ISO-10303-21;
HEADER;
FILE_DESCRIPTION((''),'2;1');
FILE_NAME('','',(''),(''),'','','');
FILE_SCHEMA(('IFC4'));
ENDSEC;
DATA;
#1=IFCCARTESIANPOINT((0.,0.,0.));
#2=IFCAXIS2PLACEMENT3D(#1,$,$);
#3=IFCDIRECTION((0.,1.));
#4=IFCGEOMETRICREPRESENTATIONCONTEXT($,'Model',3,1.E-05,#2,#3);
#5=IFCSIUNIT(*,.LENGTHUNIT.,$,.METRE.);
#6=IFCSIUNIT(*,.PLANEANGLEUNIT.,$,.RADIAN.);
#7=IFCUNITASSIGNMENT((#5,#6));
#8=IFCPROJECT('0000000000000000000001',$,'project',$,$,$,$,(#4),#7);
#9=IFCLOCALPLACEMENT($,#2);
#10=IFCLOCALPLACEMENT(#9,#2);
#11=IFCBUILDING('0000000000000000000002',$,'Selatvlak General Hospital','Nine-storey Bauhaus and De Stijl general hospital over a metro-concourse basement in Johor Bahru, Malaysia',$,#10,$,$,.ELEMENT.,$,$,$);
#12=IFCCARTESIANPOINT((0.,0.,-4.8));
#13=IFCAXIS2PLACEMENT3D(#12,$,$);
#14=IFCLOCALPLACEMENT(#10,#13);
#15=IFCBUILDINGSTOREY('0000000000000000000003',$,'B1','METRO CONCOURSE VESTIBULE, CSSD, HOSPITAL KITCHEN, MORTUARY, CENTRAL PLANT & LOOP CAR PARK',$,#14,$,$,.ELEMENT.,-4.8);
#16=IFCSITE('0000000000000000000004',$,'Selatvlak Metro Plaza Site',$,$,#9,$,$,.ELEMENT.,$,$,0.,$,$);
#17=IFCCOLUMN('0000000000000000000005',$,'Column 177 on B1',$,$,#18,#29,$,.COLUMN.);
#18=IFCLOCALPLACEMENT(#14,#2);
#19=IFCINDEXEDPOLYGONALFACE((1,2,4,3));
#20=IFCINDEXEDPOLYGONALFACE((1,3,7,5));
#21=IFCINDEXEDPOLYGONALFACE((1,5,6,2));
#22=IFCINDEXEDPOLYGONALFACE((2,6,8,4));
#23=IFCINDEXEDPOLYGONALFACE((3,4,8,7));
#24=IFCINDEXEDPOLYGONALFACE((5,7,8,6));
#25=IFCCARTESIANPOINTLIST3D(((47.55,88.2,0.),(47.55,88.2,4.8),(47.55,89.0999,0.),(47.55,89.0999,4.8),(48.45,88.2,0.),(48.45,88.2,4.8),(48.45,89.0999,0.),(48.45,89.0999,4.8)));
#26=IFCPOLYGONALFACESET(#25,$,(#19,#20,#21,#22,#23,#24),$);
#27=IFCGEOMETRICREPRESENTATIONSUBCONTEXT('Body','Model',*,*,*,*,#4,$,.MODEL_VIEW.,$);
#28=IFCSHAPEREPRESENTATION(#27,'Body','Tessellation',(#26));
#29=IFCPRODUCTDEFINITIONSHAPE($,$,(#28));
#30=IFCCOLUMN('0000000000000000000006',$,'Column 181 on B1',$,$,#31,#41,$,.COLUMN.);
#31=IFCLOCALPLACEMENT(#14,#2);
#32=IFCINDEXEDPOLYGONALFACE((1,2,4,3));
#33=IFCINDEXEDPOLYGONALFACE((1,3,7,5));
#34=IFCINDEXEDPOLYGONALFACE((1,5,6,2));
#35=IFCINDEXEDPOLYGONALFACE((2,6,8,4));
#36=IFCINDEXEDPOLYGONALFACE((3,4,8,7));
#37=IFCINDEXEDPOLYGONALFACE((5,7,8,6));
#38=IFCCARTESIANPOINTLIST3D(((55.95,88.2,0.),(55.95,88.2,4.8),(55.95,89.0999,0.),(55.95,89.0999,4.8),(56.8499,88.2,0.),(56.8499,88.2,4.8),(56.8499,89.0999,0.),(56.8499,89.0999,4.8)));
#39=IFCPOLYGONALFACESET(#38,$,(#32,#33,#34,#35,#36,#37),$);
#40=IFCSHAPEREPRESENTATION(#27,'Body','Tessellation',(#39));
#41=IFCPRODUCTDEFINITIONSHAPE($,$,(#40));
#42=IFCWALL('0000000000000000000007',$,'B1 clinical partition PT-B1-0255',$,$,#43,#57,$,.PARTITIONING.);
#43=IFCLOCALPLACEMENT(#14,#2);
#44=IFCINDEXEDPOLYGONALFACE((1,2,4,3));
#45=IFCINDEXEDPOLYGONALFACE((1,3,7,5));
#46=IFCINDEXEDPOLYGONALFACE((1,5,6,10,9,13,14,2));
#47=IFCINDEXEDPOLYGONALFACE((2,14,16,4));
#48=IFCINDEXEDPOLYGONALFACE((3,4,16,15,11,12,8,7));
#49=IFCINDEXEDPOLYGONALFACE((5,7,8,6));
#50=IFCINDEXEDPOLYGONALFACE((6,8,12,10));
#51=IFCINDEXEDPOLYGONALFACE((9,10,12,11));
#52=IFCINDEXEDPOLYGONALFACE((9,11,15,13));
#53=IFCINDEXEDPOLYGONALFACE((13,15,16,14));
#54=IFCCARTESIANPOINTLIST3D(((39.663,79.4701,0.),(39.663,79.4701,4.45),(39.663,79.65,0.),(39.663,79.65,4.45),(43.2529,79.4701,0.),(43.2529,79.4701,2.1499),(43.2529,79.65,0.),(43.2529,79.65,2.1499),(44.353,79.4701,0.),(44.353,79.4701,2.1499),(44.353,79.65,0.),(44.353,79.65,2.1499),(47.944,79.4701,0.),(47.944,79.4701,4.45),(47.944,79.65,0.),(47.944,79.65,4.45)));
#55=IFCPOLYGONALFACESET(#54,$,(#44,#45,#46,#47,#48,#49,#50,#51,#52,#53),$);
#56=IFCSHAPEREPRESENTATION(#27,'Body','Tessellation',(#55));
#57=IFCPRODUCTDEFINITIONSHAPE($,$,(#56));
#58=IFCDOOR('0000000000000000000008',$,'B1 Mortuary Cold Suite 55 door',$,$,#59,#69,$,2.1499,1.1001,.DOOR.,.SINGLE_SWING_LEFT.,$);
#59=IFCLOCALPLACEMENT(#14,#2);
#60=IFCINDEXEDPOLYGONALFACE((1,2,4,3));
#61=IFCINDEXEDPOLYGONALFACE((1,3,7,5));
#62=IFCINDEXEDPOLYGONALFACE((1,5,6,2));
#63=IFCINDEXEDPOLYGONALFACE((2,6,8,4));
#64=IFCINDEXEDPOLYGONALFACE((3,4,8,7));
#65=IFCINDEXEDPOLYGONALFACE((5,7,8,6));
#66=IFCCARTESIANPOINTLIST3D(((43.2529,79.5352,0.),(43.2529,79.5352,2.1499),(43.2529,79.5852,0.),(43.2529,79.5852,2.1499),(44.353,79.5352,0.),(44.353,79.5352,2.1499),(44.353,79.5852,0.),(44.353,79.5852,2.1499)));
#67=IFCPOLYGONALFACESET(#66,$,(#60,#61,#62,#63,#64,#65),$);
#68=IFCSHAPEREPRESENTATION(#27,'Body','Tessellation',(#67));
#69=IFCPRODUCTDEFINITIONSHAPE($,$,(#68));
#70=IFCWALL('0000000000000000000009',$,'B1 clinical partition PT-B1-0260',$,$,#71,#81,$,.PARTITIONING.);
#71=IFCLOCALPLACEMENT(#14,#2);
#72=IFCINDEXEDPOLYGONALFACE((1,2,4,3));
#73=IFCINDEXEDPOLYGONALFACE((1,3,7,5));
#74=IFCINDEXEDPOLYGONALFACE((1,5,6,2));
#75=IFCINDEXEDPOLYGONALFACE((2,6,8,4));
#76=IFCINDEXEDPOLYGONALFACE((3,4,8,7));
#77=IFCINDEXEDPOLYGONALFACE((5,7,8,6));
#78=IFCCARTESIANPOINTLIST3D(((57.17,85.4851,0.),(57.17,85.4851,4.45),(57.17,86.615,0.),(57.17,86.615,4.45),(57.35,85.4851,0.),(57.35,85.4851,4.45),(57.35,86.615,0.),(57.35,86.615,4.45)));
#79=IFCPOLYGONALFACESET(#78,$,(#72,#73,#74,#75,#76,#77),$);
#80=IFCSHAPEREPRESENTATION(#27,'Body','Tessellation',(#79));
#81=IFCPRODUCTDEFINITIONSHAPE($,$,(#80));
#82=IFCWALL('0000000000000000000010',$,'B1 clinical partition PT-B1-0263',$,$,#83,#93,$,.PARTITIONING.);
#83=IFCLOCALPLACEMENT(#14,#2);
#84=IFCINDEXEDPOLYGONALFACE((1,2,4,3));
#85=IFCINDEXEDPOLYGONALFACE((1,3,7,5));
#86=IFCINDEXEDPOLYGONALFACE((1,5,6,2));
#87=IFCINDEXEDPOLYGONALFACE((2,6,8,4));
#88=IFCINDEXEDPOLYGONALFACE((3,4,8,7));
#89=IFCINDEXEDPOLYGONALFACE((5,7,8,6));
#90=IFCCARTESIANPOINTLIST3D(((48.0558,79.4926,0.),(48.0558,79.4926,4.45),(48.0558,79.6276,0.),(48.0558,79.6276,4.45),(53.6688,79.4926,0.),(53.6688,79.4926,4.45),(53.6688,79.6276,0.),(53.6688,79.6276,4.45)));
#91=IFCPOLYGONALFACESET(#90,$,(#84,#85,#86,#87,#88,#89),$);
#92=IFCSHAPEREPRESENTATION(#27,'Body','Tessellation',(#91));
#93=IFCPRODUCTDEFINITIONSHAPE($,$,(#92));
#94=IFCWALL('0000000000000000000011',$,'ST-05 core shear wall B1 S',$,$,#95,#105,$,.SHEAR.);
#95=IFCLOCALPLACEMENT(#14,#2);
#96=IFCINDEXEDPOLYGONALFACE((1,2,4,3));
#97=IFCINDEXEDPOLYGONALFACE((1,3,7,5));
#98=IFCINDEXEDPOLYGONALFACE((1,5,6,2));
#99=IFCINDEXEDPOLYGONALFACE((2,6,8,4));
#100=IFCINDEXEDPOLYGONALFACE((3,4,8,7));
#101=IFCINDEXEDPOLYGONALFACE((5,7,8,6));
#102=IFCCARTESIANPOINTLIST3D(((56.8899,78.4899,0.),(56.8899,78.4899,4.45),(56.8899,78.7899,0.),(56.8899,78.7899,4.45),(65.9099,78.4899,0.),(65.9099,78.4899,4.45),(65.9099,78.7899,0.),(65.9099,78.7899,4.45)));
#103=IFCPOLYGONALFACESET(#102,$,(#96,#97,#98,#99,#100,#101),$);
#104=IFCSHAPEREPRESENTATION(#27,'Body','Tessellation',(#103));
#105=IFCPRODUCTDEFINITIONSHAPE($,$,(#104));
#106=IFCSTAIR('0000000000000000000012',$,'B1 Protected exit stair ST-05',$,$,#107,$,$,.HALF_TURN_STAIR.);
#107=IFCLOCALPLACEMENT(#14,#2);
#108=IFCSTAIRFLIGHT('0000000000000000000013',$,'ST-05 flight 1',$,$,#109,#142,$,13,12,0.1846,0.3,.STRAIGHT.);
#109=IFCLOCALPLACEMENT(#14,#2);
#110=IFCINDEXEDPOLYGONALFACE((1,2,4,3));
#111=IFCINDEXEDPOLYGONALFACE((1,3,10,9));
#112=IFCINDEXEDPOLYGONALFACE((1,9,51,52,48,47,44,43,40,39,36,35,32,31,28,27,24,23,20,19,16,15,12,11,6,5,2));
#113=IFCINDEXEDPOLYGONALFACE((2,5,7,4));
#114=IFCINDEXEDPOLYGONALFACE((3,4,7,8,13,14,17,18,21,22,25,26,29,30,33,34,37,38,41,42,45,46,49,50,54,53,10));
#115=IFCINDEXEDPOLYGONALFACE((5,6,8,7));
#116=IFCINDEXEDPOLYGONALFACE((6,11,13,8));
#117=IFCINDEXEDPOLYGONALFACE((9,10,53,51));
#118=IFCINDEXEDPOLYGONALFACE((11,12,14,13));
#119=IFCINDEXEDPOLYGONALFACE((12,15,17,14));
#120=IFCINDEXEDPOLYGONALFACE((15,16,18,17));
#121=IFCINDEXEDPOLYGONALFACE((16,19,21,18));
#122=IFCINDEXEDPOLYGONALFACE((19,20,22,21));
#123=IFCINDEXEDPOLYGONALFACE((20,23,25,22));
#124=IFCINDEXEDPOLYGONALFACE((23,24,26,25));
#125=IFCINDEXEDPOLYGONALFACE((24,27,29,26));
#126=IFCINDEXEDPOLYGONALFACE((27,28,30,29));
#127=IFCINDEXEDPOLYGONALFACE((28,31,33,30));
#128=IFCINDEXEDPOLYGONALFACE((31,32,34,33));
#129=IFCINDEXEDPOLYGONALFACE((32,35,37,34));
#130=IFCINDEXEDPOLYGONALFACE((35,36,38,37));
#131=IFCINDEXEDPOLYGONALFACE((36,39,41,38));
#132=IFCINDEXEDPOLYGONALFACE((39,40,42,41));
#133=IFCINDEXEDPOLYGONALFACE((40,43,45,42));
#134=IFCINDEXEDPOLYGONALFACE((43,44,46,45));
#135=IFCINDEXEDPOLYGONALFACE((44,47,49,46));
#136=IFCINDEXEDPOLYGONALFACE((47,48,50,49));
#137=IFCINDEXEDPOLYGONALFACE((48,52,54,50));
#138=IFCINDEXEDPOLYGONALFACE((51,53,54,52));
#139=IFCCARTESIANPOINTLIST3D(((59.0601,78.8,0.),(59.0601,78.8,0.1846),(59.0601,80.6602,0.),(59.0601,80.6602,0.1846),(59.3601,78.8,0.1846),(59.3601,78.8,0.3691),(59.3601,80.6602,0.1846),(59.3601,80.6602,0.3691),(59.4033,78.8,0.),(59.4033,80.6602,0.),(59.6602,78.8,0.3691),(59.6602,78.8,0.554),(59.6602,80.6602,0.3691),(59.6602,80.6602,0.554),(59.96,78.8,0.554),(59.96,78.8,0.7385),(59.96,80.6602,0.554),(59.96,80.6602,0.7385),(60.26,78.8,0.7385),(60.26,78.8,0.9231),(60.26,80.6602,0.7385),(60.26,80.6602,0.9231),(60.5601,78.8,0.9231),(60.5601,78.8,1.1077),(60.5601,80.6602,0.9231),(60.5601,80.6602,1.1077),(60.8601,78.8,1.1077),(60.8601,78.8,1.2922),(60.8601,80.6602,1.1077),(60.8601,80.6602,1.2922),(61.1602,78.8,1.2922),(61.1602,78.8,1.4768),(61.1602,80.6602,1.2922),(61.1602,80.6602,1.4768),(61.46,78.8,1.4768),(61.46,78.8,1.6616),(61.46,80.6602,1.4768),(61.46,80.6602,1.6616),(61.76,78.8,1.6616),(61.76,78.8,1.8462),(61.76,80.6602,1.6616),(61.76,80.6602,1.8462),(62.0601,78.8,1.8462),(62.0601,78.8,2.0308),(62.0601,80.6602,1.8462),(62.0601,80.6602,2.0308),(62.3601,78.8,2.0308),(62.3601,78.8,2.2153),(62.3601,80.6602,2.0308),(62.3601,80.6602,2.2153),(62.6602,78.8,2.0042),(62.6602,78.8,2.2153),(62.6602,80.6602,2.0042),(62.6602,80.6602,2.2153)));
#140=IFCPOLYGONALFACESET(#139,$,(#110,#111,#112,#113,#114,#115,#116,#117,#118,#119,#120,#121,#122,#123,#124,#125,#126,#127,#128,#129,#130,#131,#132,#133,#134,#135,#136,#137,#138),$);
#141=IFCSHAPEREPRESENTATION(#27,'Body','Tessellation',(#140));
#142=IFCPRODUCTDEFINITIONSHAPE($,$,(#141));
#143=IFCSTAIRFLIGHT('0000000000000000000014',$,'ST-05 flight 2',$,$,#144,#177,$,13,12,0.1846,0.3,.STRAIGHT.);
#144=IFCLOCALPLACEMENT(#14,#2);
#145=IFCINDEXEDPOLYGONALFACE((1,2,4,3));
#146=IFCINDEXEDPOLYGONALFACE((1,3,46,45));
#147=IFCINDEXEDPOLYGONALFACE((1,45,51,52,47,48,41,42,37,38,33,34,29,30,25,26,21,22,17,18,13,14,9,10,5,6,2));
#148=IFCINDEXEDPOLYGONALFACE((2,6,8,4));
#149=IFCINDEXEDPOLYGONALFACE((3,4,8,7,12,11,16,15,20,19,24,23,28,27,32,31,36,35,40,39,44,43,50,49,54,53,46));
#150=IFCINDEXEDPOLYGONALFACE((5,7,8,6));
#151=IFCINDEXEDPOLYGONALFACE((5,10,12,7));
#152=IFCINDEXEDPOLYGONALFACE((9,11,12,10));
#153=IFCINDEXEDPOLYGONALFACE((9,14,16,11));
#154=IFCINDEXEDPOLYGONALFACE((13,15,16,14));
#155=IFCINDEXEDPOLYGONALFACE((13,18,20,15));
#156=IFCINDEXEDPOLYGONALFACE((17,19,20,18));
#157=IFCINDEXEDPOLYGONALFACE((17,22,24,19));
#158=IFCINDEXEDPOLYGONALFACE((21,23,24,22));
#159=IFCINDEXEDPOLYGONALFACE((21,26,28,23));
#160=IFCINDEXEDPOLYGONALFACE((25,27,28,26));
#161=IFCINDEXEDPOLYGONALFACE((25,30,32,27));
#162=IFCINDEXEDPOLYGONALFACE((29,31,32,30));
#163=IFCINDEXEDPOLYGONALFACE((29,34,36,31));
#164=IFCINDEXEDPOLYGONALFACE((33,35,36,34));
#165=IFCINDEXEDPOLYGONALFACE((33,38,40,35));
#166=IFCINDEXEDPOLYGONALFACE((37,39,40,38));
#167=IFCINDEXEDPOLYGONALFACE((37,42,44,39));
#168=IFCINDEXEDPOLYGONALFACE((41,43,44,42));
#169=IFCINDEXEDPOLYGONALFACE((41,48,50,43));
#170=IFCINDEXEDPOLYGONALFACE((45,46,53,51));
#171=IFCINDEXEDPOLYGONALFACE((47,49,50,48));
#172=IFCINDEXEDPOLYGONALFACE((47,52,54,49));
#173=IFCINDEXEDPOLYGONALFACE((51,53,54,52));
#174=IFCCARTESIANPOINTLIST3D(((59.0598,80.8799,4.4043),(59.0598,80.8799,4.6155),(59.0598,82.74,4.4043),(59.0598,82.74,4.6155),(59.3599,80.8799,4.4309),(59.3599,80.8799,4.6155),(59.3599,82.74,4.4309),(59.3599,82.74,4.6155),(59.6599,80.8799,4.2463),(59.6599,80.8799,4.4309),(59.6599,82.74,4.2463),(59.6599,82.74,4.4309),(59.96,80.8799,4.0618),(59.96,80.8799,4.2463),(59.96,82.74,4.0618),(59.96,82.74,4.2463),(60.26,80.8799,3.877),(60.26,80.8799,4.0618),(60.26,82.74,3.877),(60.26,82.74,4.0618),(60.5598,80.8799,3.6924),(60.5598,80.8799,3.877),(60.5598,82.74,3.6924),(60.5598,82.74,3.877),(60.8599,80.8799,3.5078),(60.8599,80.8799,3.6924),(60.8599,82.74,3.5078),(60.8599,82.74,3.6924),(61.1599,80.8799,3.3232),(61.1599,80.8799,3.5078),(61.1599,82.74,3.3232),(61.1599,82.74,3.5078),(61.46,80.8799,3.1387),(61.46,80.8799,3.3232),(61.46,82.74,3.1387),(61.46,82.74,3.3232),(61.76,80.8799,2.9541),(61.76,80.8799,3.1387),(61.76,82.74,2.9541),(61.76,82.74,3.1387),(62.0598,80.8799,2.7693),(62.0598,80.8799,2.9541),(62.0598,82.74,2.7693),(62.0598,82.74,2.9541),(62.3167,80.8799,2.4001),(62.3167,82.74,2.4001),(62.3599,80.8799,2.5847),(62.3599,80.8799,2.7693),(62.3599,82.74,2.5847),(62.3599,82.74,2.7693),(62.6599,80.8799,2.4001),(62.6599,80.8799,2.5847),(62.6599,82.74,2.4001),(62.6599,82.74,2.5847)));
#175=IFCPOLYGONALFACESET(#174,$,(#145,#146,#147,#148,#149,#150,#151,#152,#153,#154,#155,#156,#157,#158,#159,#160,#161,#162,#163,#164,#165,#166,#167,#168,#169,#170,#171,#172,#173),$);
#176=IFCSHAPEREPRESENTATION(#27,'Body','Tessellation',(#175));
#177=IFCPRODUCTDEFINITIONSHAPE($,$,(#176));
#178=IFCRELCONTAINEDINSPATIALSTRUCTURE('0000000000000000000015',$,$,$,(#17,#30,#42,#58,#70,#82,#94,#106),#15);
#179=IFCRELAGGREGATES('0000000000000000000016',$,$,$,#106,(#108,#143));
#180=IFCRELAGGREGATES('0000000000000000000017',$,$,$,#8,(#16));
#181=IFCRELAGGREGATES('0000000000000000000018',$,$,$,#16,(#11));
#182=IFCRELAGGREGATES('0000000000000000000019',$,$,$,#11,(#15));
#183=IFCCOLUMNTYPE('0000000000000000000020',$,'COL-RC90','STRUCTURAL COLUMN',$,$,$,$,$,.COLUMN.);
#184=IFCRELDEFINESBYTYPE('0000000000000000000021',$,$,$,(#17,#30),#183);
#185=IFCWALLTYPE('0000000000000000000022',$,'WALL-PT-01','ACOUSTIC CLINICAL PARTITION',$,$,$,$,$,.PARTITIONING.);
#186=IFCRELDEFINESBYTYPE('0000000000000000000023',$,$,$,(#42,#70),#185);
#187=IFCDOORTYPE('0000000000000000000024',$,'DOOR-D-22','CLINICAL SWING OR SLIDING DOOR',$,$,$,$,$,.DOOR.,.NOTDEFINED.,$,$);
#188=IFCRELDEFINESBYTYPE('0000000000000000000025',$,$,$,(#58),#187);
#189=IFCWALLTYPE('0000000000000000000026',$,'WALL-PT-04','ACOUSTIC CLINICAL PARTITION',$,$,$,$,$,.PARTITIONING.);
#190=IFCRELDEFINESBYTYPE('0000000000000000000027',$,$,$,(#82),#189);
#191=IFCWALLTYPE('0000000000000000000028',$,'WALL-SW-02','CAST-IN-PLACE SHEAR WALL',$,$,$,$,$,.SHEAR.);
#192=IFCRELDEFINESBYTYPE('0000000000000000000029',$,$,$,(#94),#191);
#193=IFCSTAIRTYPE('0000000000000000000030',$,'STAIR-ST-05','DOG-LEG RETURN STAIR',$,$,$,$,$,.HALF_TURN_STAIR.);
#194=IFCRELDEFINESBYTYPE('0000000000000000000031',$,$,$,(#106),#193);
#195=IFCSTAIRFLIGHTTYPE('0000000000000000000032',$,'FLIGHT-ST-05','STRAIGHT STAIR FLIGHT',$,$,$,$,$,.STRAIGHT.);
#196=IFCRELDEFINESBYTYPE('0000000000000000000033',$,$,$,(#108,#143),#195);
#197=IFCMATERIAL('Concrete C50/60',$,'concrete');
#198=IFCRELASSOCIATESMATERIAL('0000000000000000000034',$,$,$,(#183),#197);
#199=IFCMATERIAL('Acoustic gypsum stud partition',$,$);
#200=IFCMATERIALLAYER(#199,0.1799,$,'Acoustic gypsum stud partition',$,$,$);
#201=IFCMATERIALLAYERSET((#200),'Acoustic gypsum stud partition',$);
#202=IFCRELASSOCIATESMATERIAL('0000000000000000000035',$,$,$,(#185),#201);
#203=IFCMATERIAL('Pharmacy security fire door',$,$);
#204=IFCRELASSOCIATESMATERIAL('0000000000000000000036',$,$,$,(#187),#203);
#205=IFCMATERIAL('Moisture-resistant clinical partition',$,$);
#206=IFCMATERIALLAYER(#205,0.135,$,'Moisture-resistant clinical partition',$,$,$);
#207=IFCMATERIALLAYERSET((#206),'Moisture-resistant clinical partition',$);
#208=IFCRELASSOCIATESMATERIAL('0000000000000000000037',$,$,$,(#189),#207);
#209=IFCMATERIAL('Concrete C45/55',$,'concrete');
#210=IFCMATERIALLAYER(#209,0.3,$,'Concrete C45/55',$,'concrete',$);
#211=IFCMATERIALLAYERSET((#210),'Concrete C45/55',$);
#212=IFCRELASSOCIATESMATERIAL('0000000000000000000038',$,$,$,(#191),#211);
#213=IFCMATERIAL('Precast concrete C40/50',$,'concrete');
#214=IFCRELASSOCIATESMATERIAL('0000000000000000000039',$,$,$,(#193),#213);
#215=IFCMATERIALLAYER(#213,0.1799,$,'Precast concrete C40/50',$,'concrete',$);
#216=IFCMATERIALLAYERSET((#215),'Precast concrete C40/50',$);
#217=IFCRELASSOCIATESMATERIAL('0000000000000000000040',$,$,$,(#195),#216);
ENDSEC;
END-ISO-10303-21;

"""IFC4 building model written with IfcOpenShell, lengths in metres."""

from ifc_helpers import new_model, si_unit, direction, frame, frame_2d, origin, origin_2d, place, context, subcontext, project, spatial, polyline, rectangle, outline, extrude, material, layer, layer_set, material_profile, profile_set, type_object, element, fill, aggregate, save


model = new_model("IFC4")

# Units and contexts
model_context = context("Model", 3, precision=1e-05, world=origin(), true_north=direction((0.0, 1.0)))
body_context = subcontext(model_context, "Body", "Model", "MODEL_VIEW")
ifc_project = project(units=[si_unit("LENGTHUNIT", "METRE"), si_unit("PLANEANGLEUNIT", "RADIAN")], contexts=[model_context])

# Site, building, storey
site_placement = place(None, origin())
site = spatial("IfcSite", under=ifc_project, at=site_placement, Name="Selatvlak Metro Plaza Site", CompositionType="ELEMENT", RefElevation=0.0)
building_placement = place(site_placement, origin())
building = spatial("IfcBuilding", under=site, at=building_placement, Name="Selatvlak General Hospital", Description="Nine-storey Bauhaus and De Stijl general hospital over a metro-concourse basement in Johor Bahru, Malaysia", CompositionType="ELEMENT")
storey_placement = place(building_placement, frame((0.0, 0.0, -4.8)))
storey = spatial("IfcBuildingStorey", under=building, at=storey_placement, Name="B1", Description="METRO CONCOURSE VESTIBULE, CSSD, HOSPITAL KITCHEN, MORTUARY, CENTRAL PLANT & LOOP CAR PARK", CompositionType="ELEMENT", Elevation=-4.8)

# Columns
ifc_material_1 = material(Name="Concrete C50/60", Category="concrete")
ifc_material_profile_1 = material_profile(ifc_material_1, rectangle(XDim=0.8999, YDim=0.8999, at=origin_2d()), Name="RC-COL 900x900")
ifc_profile_set_1 = profile_set([ifc_material_profile_1], Name="Concrete C50/60")
column_type_1 = type_object("IfcColumnType", Name="COL-RC90", Description="STRUCTURAL COLUMN", PredefinedType="COLUMN", material=ifc_profile_set_1)
for number, where, z_axis, x_axis, name in (
    (1, (48.0, 88.6499, 0.0), (0.0, 0.0, 1.0), (1.0, 0.0, 0.0), "Column 177 on B1"),
    (2, (56.3999, 88.6499, 0.0), (0.0, 0.0, 1.0), (1.0, 0.0, 0.0), "Column 181 on B1"),
):
    element("IfcColumn", number, at=place(storey_placement, frame(where, z_axis=z_axis, x_axis=x_axis)), inside=storey, type_object=column_type_1, Name=name, PredefinedType="COLUMN", context=body_context, shape_type="SweptSolid", body=[
        extrude(rectangle(XDim=0.8999, YDim=0.8999, at=origin_2d()), origin(), (0.0, 0.0, 1.0), 4.8),
    ])

# Wall, opening, door
ifc_material_2 = material(Name="Acoustic gypsum stud partition")
ifc_layer_1 = layer(ifc_material_2, 0.1799, Name="Acoustic gypsum stud partition")
ifc_layer_set_1 = layer_set([ifc_layer_1], Name="Acoustic gypsum stud partition")
wall_type_1 = type_object("IfcWallType", Name="WALL-PT-01", Description="ACOUSTIC CLINICAL PARTITION", PredefinedType="PARTITIONING", material=ifc_layer_set_1)
wall_1_placement = place(storey_placement, frame((47.9441, 79.5601, 0.0), z_axis=(0.0, 0.0, 1.0), x_axis=(-1.0, 0.0, 0.0)))
wall_1 = element("IfcWall", 3, at=wall_1_placement, inside=storey, type_object=wall_type_1, Name="B1 clinical partition PT-B1-0255", PredefinedType="PARTITIONING", context=body_context, shape_type="SweptSolid", body=[
    extrude(rectangle(XDim=8.281, YDim=0.1799, at=frame_2d((4.1406, 0.0))), origin(), (0.0, 0.0, 1.0), 4.45),
])
opening_1_placement = place(wall_1_placement, frame((3.5911, 0.0, 0.0)))
opening_1 = element("IfcOpeningElement", 4, at=opening_1_placement, cuts=wall_1, PredefinedType="OPENING", context=body_context, shape_type="SweptSolid", body=[
    extrude(rectangle(XDim=1.1001, YDim=2.1499, at=frame_2d((0.55, 1.075))), frame((0.0, 0.0999, 0.0), z_axis=(0.0, -1.0, 0.0), x_axis=(1.0, 0.0, 0.0)), (0.0, 0.0, 1.0), 0.2),
])
ifc_material_3 = material(Name="Pharmacy security fire door")
door_type_1 = type_object("IfcDoorType", Name="DOOR-D-22", Description="CLINICAL SWING OR SLIDING DOOR", OperationType="NOTDEFINED", PredefinedType="DOOR", material=ifc_material_3)
door_1_placement = place(opening_1_placement, origin())
door_1 = element("IfcDoor", 5, at=door_1_placement, inside=storey, type_object=door_type_1, Name="B1 Mortuary Cold Suite 55 door", OperationType="SINGLE_SWING_LEFT", OverallHeight=2.1499, OverallWidth=1.1001, PredefinedType="DOOR", context=body_context, shape_type="SweptSolid", body=[
    extrude(rectangle(XDim=1.1001, YDim=2.1499, at=frame_2d((0.55, 1.075))), frame((0.0, 0.0249, 0.0), z_axis=(0.0, -1.0, 0.0), x_axis=(1.0, 0.0, 0.0)), (0.0, 0.0, 1.0), 0.05),
])
fill(opening_1, door_1)

# Walls
wall_2_placement = place(storey_placement, frame((57.26, 85.4851, 0.0), z_axis=(0.0, 0.0, 1.0), x_axis=(0.0, 1.0, 0.0)))
element("IfcWall", 6, at=wall_2_placement, inside=storey, type_object=wall_type_1, Name="B1 clinical partition PT-B1-0260", PredefinedType="PARTITIONING", context=body_context, shape_type="SweptSolid", body=[
    extrude(rectangle(XDim=1.1299, YDim=0.1799, at=frame_2d((0.5649, 0.0))), origin(), (0.0, 0.0, 1.0), 4.45),
])
ifc_material_4 = material(Name="Moisture-resistant clinical partition")
ifc_layer_2 = layer(ifc_material_4, 0.135, Name="Moisture-resistant clinical partition")
ifc_layer_set_2 = layer_set([ifc_layer_2], Name="Moisture-resistant clinical partition")
wall_type_2 = type_object("IfcWallType", Name="WALL-PT-04", Description="ACOUSTIC CLINICAL PARTITION", PredefinedType="PARTITIONING", material=ifc_layer_set_2)
wall_3_placement = place(storey_placement, frame((53.6689, 79.5601, 0.0), z_axis=(0.0, 0.0, 1.0), x_axis=(-1.0, 0.0, 0.0)))
element("IfcWall", 7, at=wall_3_placement, inside=storey, type_object=wall_type_2, Name="B1 clinical partition PT-B1-0263", PredefinedType="PARTITIONING", context=body_context, shape_type="SweptSolid", body=[
    extrude(rectangle(XDim=5.613, YDim=0.135, at=frame_2d((2.8066, 0.0))), origin(), (0.0, 0.0, 1.0), 4.45),
])
ifc_material_5 = material(Name="Concrete C45/55", Category="concrete")
ifc_layer_3 = layer(ifc_material_5, 0.3, Name="Concrete C45/55", Category="concrete")
ifc_layer_set_3 = layer_set([ifc_layer_3], Name="Concrete C45/55")
wall_type_3 = type_object("IfcWallType", Name="WALL-SW-02", Description="CAST-IN-PLACE SHEAR WALL", PredefinedType="SHEAR", material=ifc_layer_set_3)
wall_4_placement = place(storey_placement, frame((56.8899, 78.6399, 0.0), z_axis=(0.0, 0.0, 1.0), x_axis=(1.0, 0.0, 0.0)))
element("IfcWall", 8, at=wall_4_placement, inside=storey, type_object=wall_type_3, Name="ST-05 core shear wall B1 S", PredefinedType="SHEAR", context=body_context, shape_type="SweptSolid", body=[
    extrude(rectangle(XDim=9.02, YDim=0.3, at=frame_2d((4.51, 0.0))), origin(), (0.0, 0.0, 1.0), 4.45),
])

# Stair, stair flights
ifc_material_6 = material(Name="Precast concrete C40/50", Category="concrete")
stair_type = type_object("IfcStairType", Name="STAIR-ST-05", Description="DOG-LEG RETURN STAIR", PredefinedType="HALF_TURN_STAIR", material=ifc_material_6)
stair_placement = place(storey_placement, origin())
stair = element("IfcStair", 9, at=stair_placement, inside=storey, type_object=stair_type, Name="B1 Protected exit stair ST-05", PredefinedType="HALF_TURN_STAIR")
ifc_layer_4 = layer(ifc_material_6, 0.1799, Name="Precast concrete C40/50", Category="concrete")
ifc_layer_set_4 = layer_set([ifc_layer_4], Name="Precast concrete C40/50")
stair_flight_type = type_object("IfcStairFlightType", Name="FLIGHT-ST-05", Description="STRAIGHT STAIR FLIGHT", PredefinedType="STRAIGHT", material=ifc_layer_set_4)
stair_flight_1_placement = place(storey_placement, frame((59.0601, 79.73, 0.0), z_axis=(0.0, 0.0, 1.0), x_axis=(1.0, 0.0, 0.0)))
stair_flight_1 = element("IfcStairFlight", 10, at=stair_flight_1_placement, type_object=stair_flight_type, Name="ST-05 flight 1", NumberOfRisers=13, NumberOfTreads=12, PredefinedType="STRAIGHT", RiserHeight=0.1846, TreadLength=0.3, context=body_context, shape_type="SweptSolid", body=[
    extrude(outline(polyline([(0.0, 0.0), (0.0, 0.1846), (0.3, 0.1846), (0.3, 0.3691), (0.6001, 0.3691), (0.6001, 0.554), (0.8999, 0.554), (0.8999, 0.7385), (1.2, 0.7385), (1.2, 0.9231), (1.5, 0.9231), (1.5, 1.1077), (1.8, 1.1077), (1.8, 1.2922), (2.1001, 1.2922), (2.1001, 1.4768), (2.3999, 1.4768), (2.3999, 1.6616), (2.7, 1.6616), (2.7, 1.8462), (3.0, 1.8462), (3.0, 2.0308), (3.3, 2.0308), (3.3, 2.2153), (3.6001, 2.2153), (3.6001, 2.3999), (3.6001, 2.0042), (0.3433, 0.0), (0.0, 0.0)])), frame((0.0, 0.9302, 0.0), z_axis=(0.0, -1.0, 0.0), x_axis=(1.0, 0.0, 0.0)), (0.0, 0.0, 1.0), 1.8601),
])
stair_flight_2_placement = place(storey_placement, frame((62.6599, 81.8101, 2.4001), z_axis=(0.0, 0.0, 1.0), x_axis=(-1.0, 0.0, 0.0)))
stair_flight_2 = element("IfcStairFlight", 11, at=stair_flight_2_placement, type_object=stair_flight_type, Name="ST-05 flight 2", NumberOfRisers=13, NumberOfTreads=12, PredefinedType="STRAIGHT", RiserHeight=0.1846, TreadLength=0.3, context=body_context, shape_type="SweptSolid", body=[
    extrude(outline(polyline([(0.0, 0.0), (0.0, 0.1846), (0.3, 0.1846), (0.3, 0.3691), (0.6001, 0.3691), (0.6001, 0.554), (0.8999, 0.554), (0.8999, 0.7385), (1.2, 0.7385), (1.2, 0.9231), (1.5, 0.9231), (1.5, 1.1077), (1.8, 1.1077), (1.8, 1.2922), (2.1001, 1.2922), (2.1001, 1.4768), (2.3999, 1.4768), (2.3999, 1.6616), (2.7, 1.6616), (2.7, 1.8462), (3.0, 1.8462), (3.0, 2.0308), (3.3, 2.0308), (3.3, 2.2153), (3.6001, 2.2153), (3.6001, 2.3999), (3.6001, 2.0042), (0.3433, 0.0), (0.0, 0.0)])), frame((0.0, 0.9302, 0.0), z_axis=(0.0, -1.0, 0.0), x_axis=(1.0, 0.0, 0.0)), (0.0, 0.0, 1.0), 1.8601),
])
aggregate(stair, [stair_flight_1, stair_flight_2])

save(model, "model.ifc")
